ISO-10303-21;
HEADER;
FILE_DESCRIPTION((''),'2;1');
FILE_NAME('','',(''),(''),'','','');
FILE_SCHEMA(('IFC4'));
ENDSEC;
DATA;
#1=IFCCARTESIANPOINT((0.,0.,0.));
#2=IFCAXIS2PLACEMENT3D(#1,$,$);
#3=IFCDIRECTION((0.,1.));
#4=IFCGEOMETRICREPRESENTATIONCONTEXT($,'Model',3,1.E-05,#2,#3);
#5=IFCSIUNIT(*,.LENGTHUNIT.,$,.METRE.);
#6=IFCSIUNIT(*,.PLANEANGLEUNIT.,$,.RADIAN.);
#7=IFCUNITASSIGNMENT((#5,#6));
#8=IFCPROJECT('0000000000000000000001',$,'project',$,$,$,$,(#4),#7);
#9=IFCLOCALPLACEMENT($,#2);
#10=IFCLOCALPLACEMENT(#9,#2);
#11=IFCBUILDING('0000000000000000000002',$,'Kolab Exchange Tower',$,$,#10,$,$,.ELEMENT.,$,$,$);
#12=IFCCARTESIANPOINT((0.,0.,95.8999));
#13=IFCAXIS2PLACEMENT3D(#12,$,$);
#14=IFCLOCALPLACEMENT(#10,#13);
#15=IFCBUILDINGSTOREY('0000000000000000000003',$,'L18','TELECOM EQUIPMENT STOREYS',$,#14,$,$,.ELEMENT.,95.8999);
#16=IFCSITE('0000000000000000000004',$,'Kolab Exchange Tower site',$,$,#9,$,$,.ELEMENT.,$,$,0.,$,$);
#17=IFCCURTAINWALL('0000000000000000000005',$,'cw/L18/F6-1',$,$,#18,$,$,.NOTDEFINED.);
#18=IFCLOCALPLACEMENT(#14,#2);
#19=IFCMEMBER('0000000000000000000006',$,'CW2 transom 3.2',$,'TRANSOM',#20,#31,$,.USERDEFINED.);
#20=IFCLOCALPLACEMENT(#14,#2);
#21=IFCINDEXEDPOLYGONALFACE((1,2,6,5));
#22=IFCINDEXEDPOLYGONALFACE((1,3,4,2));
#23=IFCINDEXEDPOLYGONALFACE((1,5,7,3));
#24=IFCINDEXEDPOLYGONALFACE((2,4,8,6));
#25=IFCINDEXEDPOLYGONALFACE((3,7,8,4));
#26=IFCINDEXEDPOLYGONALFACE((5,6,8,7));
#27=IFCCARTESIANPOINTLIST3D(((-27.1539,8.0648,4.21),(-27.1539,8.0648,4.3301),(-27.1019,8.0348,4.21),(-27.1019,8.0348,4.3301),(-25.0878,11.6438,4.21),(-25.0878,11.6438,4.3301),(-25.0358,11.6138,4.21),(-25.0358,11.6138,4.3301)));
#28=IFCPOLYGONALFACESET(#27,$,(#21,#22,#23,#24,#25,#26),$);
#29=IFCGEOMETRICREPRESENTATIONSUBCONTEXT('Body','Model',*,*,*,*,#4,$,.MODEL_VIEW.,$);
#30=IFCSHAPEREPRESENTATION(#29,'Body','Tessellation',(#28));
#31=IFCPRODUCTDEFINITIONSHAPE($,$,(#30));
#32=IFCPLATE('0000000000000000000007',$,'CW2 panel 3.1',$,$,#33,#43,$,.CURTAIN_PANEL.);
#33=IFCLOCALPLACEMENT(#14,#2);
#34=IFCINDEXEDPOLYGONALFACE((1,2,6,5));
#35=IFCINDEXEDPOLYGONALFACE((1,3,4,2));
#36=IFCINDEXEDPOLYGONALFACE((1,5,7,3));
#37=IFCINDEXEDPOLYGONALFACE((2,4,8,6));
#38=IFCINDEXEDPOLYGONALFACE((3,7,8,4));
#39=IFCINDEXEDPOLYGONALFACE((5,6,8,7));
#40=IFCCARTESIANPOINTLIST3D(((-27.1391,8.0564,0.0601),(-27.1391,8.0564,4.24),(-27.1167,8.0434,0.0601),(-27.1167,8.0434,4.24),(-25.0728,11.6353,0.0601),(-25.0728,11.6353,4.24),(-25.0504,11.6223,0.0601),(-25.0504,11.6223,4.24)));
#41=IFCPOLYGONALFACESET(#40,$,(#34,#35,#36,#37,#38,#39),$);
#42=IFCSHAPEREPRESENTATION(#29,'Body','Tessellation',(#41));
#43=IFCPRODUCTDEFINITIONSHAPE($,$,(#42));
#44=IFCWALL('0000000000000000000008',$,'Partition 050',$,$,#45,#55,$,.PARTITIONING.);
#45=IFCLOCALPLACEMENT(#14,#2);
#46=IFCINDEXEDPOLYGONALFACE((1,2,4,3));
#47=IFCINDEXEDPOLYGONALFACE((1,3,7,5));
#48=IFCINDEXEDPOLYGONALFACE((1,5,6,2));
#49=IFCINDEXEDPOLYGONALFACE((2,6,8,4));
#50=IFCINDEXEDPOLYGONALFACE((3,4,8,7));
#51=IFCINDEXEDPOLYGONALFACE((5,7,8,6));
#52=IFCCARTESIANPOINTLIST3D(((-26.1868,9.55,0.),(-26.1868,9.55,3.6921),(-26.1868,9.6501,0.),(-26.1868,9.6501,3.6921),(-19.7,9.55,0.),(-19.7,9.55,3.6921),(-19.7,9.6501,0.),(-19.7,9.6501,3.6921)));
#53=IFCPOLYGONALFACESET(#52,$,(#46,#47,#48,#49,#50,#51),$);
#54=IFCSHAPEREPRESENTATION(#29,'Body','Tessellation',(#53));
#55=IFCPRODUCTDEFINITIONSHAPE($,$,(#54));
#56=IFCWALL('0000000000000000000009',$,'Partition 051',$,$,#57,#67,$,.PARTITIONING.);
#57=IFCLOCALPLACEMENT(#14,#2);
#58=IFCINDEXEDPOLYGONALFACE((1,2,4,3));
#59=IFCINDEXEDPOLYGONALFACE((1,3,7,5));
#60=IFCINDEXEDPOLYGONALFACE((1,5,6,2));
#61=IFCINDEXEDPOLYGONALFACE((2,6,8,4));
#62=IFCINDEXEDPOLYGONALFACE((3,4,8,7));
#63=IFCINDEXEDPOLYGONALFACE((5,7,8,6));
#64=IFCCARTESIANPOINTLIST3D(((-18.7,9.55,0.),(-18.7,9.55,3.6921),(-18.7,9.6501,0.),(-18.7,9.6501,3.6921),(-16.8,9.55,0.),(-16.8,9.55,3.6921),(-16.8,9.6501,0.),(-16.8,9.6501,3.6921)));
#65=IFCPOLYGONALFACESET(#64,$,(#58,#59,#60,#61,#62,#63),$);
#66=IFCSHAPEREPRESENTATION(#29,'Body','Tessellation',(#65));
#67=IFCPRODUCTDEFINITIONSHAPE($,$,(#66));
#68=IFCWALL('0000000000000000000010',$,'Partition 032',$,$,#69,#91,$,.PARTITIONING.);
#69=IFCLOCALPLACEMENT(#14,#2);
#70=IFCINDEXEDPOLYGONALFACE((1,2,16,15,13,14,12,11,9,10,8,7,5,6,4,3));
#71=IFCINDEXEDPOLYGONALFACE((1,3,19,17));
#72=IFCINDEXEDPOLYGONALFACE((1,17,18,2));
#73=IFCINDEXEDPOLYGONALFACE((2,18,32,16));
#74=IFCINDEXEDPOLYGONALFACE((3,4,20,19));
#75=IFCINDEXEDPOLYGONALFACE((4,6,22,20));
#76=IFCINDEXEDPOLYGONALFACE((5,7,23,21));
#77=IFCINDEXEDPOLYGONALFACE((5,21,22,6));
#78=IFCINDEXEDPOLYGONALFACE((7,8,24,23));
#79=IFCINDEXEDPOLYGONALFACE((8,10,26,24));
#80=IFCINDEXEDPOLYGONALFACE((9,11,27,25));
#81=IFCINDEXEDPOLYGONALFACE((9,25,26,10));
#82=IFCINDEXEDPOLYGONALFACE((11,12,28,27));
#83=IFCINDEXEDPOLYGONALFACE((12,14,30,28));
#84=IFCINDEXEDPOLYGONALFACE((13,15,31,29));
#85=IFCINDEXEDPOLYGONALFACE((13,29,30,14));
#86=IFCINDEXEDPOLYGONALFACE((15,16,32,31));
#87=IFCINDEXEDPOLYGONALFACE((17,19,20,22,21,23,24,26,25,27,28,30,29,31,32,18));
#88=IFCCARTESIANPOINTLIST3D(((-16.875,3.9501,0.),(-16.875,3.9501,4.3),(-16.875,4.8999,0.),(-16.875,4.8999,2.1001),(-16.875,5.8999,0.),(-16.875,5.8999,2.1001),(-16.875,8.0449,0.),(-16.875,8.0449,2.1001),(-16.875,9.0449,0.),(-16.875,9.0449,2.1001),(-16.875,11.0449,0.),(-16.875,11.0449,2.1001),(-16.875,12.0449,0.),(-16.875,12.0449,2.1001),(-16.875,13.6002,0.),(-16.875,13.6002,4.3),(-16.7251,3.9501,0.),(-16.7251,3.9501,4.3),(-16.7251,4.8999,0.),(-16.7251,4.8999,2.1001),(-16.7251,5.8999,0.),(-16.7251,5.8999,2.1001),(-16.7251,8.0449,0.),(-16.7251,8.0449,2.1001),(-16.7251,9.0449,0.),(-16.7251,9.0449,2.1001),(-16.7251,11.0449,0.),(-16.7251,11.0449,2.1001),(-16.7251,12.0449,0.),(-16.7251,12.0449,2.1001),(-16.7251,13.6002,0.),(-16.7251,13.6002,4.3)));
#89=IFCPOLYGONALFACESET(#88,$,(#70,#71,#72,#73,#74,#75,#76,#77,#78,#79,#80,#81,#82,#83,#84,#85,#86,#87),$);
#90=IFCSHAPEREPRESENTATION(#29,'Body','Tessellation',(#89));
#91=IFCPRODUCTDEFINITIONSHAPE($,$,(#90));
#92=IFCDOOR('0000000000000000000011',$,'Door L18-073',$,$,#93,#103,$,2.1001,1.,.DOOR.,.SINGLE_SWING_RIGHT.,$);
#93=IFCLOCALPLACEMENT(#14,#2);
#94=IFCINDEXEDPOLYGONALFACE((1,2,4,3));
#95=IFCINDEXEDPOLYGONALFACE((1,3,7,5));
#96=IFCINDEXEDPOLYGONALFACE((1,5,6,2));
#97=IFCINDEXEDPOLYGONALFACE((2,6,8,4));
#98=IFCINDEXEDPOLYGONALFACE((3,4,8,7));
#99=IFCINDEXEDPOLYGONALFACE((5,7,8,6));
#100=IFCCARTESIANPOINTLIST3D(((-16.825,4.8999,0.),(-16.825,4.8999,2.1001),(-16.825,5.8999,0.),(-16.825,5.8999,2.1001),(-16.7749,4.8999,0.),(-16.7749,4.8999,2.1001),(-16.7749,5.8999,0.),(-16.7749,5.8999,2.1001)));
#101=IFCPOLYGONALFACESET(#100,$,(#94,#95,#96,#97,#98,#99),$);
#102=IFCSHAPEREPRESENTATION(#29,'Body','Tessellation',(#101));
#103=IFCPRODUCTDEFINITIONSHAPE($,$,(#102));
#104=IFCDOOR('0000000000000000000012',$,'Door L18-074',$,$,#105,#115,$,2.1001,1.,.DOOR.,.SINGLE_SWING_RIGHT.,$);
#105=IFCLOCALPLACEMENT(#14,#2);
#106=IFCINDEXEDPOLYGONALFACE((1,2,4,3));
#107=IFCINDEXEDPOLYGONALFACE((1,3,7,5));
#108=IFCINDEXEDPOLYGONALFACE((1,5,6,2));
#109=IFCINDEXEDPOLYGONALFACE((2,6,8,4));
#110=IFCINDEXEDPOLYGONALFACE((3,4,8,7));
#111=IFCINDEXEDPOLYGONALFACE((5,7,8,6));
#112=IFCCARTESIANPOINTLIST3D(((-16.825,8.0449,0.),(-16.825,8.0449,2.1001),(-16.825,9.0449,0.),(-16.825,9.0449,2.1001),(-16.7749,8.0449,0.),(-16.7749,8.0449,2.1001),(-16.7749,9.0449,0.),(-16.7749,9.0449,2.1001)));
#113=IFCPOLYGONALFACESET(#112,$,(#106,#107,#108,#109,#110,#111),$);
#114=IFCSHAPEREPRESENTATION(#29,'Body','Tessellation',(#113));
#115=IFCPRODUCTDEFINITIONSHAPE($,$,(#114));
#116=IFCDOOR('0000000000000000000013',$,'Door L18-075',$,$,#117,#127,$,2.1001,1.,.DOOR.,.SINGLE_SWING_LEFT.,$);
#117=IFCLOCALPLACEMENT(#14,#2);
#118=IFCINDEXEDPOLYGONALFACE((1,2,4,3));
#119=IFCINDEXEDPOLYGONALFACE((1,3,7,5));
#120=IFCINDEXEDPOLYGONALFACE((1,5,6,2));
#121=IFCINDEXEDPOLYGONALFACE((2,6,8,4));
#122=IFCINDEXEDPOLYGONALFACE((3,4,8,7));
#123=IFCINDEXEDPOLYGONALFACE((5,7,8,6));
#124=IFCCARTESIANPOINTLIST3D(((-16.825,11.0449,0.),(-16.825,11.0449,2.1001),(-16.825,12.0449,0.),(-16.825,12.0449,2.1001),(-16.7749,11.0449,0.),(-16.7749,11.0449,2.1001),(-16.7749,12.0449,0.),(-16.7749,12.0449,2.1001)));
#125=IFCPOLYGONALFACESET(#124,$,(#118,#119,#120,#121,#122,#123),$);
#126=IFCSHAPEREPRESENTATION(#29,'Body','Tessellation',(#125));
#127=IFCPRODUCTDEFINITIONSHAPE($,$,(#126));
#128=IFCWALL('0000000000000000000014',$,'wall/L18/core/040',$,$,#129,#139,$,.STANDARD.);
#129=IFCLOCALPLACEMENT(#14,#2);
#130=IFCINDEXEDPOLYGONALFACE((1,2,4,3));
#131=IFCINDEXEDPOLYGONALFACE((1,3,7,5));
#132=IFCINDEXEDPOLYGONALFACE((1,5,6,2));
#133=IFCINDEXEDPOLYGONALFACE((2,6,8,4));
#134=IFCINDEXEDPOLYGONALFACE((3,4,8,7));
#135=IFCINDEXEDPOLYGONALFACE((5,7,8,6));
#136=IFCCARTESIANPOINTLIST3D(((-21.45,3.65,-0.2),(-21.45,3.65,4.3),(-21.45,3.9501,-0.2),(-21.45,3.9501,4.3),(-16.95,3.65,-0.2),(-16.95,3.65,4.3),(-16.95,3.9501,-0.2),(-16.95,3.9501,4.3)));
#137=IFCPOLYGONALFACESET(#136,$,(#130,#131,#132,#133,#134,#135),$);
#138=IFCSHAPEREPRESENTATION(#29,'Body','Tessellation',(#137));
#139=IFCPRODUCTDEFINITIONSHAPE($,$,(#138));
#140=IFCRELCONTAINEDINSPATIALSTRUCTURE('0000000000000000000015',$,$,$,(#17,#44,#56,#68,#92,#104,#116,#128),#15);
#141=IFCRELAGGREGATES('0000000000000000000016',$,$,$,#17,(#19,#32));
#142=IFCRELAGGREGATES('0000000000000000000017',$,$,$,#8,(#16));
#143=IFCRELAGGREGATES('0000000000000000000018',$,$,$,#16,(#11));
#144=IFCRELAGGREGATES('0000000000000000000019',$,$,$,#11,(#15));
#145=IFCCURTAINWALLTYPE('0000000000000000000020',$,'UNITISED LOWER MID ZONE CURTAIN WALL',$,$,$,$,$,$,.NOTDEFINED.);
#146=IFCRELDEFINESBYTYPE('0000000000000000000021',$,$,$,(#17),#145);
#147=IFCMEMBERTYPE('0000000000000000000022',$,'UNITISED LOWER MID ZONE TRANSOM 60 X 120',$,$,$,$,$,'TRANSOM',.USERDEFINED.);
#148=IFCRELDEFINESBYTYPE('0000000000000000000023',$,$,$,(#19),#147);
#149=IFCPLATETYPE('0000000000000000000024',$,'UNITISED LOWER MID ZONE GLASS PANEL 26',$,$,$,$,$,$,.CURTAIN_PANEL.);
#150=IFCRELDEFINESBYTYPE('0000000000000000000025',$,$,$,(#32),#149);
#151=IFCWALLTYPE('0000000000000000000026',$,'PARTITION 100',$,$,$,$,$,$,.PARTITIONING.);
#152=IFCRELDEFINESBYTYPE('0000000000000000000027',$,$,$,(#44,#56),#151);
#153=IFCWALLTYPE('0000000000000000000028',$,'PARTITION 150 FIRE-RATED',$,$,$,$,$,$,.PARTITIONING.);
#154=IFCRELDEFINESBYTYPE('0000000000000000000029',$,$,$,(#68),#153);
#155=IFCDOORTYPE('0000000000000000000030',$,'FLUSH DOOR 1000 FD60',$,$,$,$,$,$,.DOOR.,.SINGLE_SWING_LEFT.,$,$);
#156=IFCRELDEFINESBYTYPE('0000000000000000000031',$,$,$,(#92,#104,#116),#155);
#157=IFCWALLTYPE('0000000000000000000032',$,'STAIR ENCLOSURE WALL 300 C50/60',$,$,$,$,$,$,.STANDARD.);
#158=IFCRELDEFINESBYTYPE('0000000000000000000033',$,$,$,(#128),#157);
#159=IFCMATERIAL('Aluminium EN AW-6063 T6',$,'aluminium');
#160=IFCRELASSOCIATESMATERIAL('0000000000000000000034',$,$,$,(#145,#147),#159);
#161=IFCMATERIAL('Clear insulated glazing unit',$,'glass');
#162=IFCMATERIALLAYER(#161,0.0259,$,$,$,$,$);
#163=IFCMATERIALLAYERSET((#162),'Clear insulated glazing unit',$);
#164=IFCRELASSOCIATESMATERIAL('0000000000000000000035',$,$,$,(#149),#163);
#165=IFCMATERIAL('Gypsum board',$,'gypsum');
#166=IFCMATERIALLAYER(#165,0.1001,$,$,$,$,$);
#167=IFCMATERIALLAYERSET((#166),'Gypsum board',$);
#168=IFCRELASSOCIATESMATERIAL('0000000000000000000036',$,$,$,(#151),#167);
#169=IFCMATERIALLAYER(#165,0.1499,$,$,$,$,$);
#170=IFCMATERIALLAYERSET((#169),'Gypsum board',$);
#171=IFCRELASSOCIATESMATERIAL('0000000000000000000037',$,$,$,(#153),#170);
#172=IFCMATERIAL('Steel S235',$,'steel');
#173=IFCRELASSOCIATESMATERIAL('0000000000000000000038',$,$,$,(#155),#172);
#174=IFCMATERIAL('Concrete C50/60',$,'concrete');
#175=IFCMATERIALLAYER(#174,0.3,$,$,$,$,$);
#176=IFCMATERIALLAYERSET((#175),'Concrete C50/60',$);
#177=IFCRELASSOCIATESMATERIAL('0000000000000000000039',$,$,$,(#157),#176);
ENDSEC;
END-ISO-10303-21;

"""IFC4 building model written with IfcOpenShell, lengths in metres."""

from ifc_helpers import new_model, si_unit, direction, frame, frame_2d, origin, origin_2d, place, context, subcontext, project, spatial, rectangle, extrude, material, layer, layer_set, material_profile, profile_set, type_object, element, fill, aggregate, save


model = new_model("IFC4")

# Units and contexts
model_context = context("Model", 3, precision=1e-05, world=origin(), true_north=direction((0.0, 1.0)))
body_context = subcontext(model_context, "Body", "Model", "MODEL_VIEW")
ifc_project = project(units=[si_unit("LENGTHUNIT", "METRE"), si_unit("PLANEANGLEUNIT", "RADIAN")], contexts=[model_context])

# Site, building, storey
site_placement = place(None, origin())
site = spatial("IfcSite", under=ifc_project, at=site_placement, Name="Kolab Exchange Tower site", CompositionType="ELEMENT", RefElevation=0.0)
building_placement = place(site_placement, origin())
building = spatial("IfcBuilding", under=site, at=building_placement, Name="Kolab Exchange Tower", CompositionType="ELEMENT")
storey_placement = place(building_placement, frame((0.0, 0.0, 95.8999)))
storey = spatial("IfcBuildingStorey", under=building, at=storey_placement, Name="L18", Description="TELECOM EQUIPMENT STOREYS", CompositionType="ELEMENT", Elevation=95.8999)

# Curtain wall, member, plate
ifc_material_1 = material(Name="Aluminium EN AW-6063 T6", Category="aluminium")
curtain_wall_type = type_object("IfcCurtainWallType", Name="UNITISED LOWER MID ZONE CURTAIN WALL", PredefinedType="NOTDEFINED", material=ifc_material_1)
curtain_wall_placement = place(storey_placement, origin())
curtain_wall = element("IfcCurtainWall", 1, at=curtain_wall_placement, inside=storey, type_object=curtain_wall_type, Name="cw/L18/F6-1", PredefinedType="NOTDEFINED")
ifc_material_profile_1 = material_profile(ifc_material_1, rectangle(XDim=0.0601, YDim=0.1201, at=origin_2d()), Name="RECT 60X120")
ifc_profile_set_1 = profile_set([ifc_material_profile_1], Name="Aluminium EN AW-6063 T6")
member_type_1 = type_object("IfcMemberType", Name="UNITISED LOWER MID ZONE TRANSOM 60 X 120", ElementType="TRANSOM", PredefinedType="USERDEFINED", material=ifc_profile_set_1)
member_1_placement = place(storey_placement, frame((-27.1279, 8.0498, 4.27), z_axis=(0.499958, 0.86605, 0.0), x_axis=(-0.86605, 0.499958, 0.0)))
member_1 = element("IfcMember", 2, at=member_1_placement, type_object=member_type_1, Name="CW2 transom 3.2", ObjectType="TRANSOM", PredefinedType="USERDEFINED", context=body_context, shape_type="SweptSolid", body=[
    extrude(rectangle(XDim=0.0601, YDim=0.1201, at=origin_2d()), origin(), (0.0, 0.0, 1.0), 4.1326),
])
ifc_material_2 = material(Name="Clear insulated glazing unit", Category="glass")
ifc_layer_1 = layer(ifc_material_2, 0.0259)
ifc_layer_set_1 = layer_set([ifc_layer_1], Name="Clear insulated glazing unit")
plate_type = type_object("IfcPlateType", Name="UNITISED LOWER MID ZONE GLASS PANEL 26", PredefinedType="CURTAIN_PANEL", material=ifc_layer_set_1)
plate_placement = place(storey_placement, frame((-26.0947, 9.8394, 0.0601), z_axis=(0.0, 0.0, 1.0), x_axis=(0.5, 0.866025, 0.0)))
plate = element("IfcPlate", 3, at=plate_placement, type_object=plate_type, Name="CW2 panel 3.1", PredefinedType="CURTAIN_PANEL", context=body_context, shape_type="SweptSolid", body=[
    extrude(rectangle(XDim=4.1326, YDim=0.0259, at=origin_2d()), origin(), (0.0, 0.0, 1.0), 4.1799),
])
aggregate(curtain_wall, [member_1, plate])

# Walls
ifc_material_3 = material(Name="Gypsum board", Category="gypsum")
ifc_layer_2 = layer(ifc_material_3, 0.1001)
ifc_layer_set_2 = layer_set([ifc_layer_2], Name="Gypsum board")
wall_type_1 = type_object("IfcWallType", Name="PARTITION 100", PredefinedType="PARTITIONING", material=ifc_layer_set_2)
wall_1_placement = place(storey_placement, frame((-26.1868, 9.6001, 0.0), z_axis=(0.0, 0.0, 1.0), x_axis=(1.0, 0.0, 0.0)))
element("IfcWall", 4, at=wall_1_placement, inside=storey, type_object=wall_type_1, Name="Partition 050", PredefinedType="PARTITIONING", context=body_context, shape_type="SweptSolid", body=[
    extrude(rectangle(XDim=6.4868, YDim=0.1001, at=frame_2d((3.2434, 0.0))), origin(), (0.0, 0.0, 1.0), 3.6921),
])
wall_2_placement = place(storey_placement, frame((-18.7, 9.6001, 0.0), z_axis=(0.0, 0.0, 1.0), x_axis=(1.0, 0.0, 0.0)))
element("IfcWall", 5, at=wall_2_placement, inside=storey, type_object=wall_type_1, Name="Partition 051", PredefinedType="PARTITIONING", context=body_context, shape_type="SweptSolid", body=[
    extrude(rectangle(XDim=1.8999, YDim=0.1001, at=frame_2d((0.95, 0.0))), origin(), (0.0, 0.0, 1.0), 3.6921),
])

# Wall, openings, doors
ifc_layer_3 = layer(ifc_material_3, 0.1499)
ifc_layer_set_3 = layer_set([ifc_layer_3], Name="Gypsum board")
wall_type_2 = type_object("IfcWallType", Name="PARTITION 150 FIRE-RATED", PredefinedType="PARTITIONING", material=ifc_layer_set_3)
wall_3_placement = place(storey_placement, frame((-16.8, 3.95, 0.0), z_axis=(0.0, 0.0, 1.0), x_axis=(0.0, 1.0, 0.0)))
wall_3 = element("IfcWall", 6, at=wall_3_placement, inside=storey, type_object=wall_type_2, Name="Partition 032", PredefinedType="PARTITIONING", context=body_context, shape_type="SweptSolid", body=[
    extrude(rectangle(XDim=9.6501, YDim=0.1499, at=frame_2d((4.8252, 0.0))), origin(), (0.0, 0.0, 1.0), 4.3),
])
opening_1_placement = place(wall_3_placement, frame((0.95, 0.0, 0.0)))
opening_1 = element("IfcOpeningElement", 7, at=opening_1_placement, cuts=wall_3, PredefinedType="OPENING", context=body_context, shape_type="SweptSolid", body=[
    extrude(rectangle(XDim=1.0, YDim=2.1001, at=frame_2d((0.5, 1.05))), frame((0.0, 0.085, 0.0), z_axis=(0.0, -1.0, 0.0), x_axis=(1.0, 0.0, 0.0)), (0.0, 0.0, 1.0), 0.1699),
])
opening_2_placement = place(wall_3_placement, frame((4.095, 0.0, 0.0)))
opening_2 = element("IfcOpeningElement", 8, at=opening_2_placement, cuts=wall_3, PredefinedType="OPENING", context=body_context, shape_type="SweptSolid", body=[
    extrude(rectangle(XDim=1.0, YDim=2.1001, at=frame_2d((0.5, 1.05))), frame((0.0, 0.085, 0.0), z_axis=(0.0, -1.0, 0.0), x_axis=(1.0, 0.0, 0.0)), (0.0, 0.0, 1.0), 0.1699),
])
opening_3_placement = place(wall_3_placement, frame((7.095, 0.0, 0.0)))
opening_3 = element("IfcOpeningElement", 9, at=opening_3_placement, cuts=wall_3, PredefinedType="OPENING", context=body_context, shape_type="SweptSolid", body=[
    extrude(rectangle(XDim=1.0, YDim=2.1001, at=frame_2d((0.5, 1.05))), frame((0.0, 0.085, 0.0), z_axis=(0.0, -1.0, 0.0), x_axis=(1.0, 0.0, 0.0)), (0.0, 0.0, 1.0), 0.1699),
])
ifc_material_4 = material(Name="Steel S235", Category="steel")
door_type = type_object("IfcDoorType", Name="FLUSH DOOR 1000 FD60", OperationType="SINGLE_SWING_LEFT", PredefinedType="DOOR", material=ifc_material_4)
door_1_placement = place(opening_1_placement, origin())
door_1 = element("IfcDoor", 10, at=door_1_placement, inside=storey, type_object=door_type, Name="Door L18-073", OperationType="SINGLE_SWING_RIGHT", OverallHeight=2.1001, OverallWidth=1.0, PredefinedType="DOOR", context=body_context, shape_type="SweptSolid", body=[
    extrude(rectangle(XDim=1.0, YDim=2.1001, at=frame_2d((0.5, 1.05))), frame((0.0, 0.0249, 0.0), z_axis=(0.0, -1.0, 0.0), x_axis=(1.0, 0.0, 0.0)), (0.0, 0.0, 1.0), 0.05),
])
fill(opening_1, door_1)
door_2_placement = place(opening_2_placement, origin())
door_2 = element("IfcDoor", 11, at=door_2_placement, inside=storey, type_object=door_type, Name="Door L18-074", OperationType="SINGLE_SWING_RIGHT", OverallHeight=2.1001, OverallWidth=1.0, PredefinedType="DOOR", context=body_context, shape_type="SweptSolid", body=[
    extrude(rectangle(XDim=1.0, YDim=2.1001, at=frame_2d((0.5, 1.05))), frame((0.0, 0.0249, 0.0), z_axis=(0.0, -1.0, 0.0), x_axis=(1.0, 0.0, 0.0)), (0.0, 0.0, 1.0), 0.05),
])
fill(opening_2, door_2)
door_3_placement = place(opening_3_placement, origin())
door_3 = element("IfcDoor", 12, at=door_3_placement, inside=storey, type_object=door_type, Name="Door L18-075", OperationType="SINGLE_SWING_LEFT", OverallHeight=2.1001, OverallWidth=1.0, PredefinedType="DOOR", context=body_context, shape_type="SweptSolid", body=[
    extrude(rectangle(XDim=1.0, YDim=2.1001, at=frame_2d((0.5, 1.05))), frame((0.0, 0.0249, 0.0), z_axis=(0.0, -1.0, 0.0), x_axis=(1.0, 0.0, 0.0)), (0.0, 0.0, 1.0), 0.05),
])
fill(opening_3, door_3)

# Wall
ifc_material_5 = material(Name="Concrete C50/60", Category="concrete")
ifc_layer_4 = layer(ifc_material_5, 0.3)
ifc_layer_set_4 = layer_set([ifc_layer_4], Name="Concrete C50/60")
wall_type_3 = type_object("IfcWallType", Name="STAIR ENCLOSURE WALL 300 C50/60", PredefinedType="STANDARD", material=ifc_layer_set_4)
wall_4_placement = place(storey_placement, frame((-21.45, 3.8, -0.2), z_axis=(0.0, 0.0, 1.0), x_axis=(1.0, 0.0, 0.0)))
element("IfcWall", 13, at=wall_4_placement, inside=storey, type_object=wall_type_3, Name="wall/L18/core/040", PredefinedType="STANDARD", context=body_context, shape_type="SweptSolid", body=[
    extrude(rectangle(XDim=4.5, YDim=0.3, at=frame_2d((2.25, 0.0))), origin(), (0.0, 0.0, 1.0), 4.5),
])

save(model, "model.ifc")
